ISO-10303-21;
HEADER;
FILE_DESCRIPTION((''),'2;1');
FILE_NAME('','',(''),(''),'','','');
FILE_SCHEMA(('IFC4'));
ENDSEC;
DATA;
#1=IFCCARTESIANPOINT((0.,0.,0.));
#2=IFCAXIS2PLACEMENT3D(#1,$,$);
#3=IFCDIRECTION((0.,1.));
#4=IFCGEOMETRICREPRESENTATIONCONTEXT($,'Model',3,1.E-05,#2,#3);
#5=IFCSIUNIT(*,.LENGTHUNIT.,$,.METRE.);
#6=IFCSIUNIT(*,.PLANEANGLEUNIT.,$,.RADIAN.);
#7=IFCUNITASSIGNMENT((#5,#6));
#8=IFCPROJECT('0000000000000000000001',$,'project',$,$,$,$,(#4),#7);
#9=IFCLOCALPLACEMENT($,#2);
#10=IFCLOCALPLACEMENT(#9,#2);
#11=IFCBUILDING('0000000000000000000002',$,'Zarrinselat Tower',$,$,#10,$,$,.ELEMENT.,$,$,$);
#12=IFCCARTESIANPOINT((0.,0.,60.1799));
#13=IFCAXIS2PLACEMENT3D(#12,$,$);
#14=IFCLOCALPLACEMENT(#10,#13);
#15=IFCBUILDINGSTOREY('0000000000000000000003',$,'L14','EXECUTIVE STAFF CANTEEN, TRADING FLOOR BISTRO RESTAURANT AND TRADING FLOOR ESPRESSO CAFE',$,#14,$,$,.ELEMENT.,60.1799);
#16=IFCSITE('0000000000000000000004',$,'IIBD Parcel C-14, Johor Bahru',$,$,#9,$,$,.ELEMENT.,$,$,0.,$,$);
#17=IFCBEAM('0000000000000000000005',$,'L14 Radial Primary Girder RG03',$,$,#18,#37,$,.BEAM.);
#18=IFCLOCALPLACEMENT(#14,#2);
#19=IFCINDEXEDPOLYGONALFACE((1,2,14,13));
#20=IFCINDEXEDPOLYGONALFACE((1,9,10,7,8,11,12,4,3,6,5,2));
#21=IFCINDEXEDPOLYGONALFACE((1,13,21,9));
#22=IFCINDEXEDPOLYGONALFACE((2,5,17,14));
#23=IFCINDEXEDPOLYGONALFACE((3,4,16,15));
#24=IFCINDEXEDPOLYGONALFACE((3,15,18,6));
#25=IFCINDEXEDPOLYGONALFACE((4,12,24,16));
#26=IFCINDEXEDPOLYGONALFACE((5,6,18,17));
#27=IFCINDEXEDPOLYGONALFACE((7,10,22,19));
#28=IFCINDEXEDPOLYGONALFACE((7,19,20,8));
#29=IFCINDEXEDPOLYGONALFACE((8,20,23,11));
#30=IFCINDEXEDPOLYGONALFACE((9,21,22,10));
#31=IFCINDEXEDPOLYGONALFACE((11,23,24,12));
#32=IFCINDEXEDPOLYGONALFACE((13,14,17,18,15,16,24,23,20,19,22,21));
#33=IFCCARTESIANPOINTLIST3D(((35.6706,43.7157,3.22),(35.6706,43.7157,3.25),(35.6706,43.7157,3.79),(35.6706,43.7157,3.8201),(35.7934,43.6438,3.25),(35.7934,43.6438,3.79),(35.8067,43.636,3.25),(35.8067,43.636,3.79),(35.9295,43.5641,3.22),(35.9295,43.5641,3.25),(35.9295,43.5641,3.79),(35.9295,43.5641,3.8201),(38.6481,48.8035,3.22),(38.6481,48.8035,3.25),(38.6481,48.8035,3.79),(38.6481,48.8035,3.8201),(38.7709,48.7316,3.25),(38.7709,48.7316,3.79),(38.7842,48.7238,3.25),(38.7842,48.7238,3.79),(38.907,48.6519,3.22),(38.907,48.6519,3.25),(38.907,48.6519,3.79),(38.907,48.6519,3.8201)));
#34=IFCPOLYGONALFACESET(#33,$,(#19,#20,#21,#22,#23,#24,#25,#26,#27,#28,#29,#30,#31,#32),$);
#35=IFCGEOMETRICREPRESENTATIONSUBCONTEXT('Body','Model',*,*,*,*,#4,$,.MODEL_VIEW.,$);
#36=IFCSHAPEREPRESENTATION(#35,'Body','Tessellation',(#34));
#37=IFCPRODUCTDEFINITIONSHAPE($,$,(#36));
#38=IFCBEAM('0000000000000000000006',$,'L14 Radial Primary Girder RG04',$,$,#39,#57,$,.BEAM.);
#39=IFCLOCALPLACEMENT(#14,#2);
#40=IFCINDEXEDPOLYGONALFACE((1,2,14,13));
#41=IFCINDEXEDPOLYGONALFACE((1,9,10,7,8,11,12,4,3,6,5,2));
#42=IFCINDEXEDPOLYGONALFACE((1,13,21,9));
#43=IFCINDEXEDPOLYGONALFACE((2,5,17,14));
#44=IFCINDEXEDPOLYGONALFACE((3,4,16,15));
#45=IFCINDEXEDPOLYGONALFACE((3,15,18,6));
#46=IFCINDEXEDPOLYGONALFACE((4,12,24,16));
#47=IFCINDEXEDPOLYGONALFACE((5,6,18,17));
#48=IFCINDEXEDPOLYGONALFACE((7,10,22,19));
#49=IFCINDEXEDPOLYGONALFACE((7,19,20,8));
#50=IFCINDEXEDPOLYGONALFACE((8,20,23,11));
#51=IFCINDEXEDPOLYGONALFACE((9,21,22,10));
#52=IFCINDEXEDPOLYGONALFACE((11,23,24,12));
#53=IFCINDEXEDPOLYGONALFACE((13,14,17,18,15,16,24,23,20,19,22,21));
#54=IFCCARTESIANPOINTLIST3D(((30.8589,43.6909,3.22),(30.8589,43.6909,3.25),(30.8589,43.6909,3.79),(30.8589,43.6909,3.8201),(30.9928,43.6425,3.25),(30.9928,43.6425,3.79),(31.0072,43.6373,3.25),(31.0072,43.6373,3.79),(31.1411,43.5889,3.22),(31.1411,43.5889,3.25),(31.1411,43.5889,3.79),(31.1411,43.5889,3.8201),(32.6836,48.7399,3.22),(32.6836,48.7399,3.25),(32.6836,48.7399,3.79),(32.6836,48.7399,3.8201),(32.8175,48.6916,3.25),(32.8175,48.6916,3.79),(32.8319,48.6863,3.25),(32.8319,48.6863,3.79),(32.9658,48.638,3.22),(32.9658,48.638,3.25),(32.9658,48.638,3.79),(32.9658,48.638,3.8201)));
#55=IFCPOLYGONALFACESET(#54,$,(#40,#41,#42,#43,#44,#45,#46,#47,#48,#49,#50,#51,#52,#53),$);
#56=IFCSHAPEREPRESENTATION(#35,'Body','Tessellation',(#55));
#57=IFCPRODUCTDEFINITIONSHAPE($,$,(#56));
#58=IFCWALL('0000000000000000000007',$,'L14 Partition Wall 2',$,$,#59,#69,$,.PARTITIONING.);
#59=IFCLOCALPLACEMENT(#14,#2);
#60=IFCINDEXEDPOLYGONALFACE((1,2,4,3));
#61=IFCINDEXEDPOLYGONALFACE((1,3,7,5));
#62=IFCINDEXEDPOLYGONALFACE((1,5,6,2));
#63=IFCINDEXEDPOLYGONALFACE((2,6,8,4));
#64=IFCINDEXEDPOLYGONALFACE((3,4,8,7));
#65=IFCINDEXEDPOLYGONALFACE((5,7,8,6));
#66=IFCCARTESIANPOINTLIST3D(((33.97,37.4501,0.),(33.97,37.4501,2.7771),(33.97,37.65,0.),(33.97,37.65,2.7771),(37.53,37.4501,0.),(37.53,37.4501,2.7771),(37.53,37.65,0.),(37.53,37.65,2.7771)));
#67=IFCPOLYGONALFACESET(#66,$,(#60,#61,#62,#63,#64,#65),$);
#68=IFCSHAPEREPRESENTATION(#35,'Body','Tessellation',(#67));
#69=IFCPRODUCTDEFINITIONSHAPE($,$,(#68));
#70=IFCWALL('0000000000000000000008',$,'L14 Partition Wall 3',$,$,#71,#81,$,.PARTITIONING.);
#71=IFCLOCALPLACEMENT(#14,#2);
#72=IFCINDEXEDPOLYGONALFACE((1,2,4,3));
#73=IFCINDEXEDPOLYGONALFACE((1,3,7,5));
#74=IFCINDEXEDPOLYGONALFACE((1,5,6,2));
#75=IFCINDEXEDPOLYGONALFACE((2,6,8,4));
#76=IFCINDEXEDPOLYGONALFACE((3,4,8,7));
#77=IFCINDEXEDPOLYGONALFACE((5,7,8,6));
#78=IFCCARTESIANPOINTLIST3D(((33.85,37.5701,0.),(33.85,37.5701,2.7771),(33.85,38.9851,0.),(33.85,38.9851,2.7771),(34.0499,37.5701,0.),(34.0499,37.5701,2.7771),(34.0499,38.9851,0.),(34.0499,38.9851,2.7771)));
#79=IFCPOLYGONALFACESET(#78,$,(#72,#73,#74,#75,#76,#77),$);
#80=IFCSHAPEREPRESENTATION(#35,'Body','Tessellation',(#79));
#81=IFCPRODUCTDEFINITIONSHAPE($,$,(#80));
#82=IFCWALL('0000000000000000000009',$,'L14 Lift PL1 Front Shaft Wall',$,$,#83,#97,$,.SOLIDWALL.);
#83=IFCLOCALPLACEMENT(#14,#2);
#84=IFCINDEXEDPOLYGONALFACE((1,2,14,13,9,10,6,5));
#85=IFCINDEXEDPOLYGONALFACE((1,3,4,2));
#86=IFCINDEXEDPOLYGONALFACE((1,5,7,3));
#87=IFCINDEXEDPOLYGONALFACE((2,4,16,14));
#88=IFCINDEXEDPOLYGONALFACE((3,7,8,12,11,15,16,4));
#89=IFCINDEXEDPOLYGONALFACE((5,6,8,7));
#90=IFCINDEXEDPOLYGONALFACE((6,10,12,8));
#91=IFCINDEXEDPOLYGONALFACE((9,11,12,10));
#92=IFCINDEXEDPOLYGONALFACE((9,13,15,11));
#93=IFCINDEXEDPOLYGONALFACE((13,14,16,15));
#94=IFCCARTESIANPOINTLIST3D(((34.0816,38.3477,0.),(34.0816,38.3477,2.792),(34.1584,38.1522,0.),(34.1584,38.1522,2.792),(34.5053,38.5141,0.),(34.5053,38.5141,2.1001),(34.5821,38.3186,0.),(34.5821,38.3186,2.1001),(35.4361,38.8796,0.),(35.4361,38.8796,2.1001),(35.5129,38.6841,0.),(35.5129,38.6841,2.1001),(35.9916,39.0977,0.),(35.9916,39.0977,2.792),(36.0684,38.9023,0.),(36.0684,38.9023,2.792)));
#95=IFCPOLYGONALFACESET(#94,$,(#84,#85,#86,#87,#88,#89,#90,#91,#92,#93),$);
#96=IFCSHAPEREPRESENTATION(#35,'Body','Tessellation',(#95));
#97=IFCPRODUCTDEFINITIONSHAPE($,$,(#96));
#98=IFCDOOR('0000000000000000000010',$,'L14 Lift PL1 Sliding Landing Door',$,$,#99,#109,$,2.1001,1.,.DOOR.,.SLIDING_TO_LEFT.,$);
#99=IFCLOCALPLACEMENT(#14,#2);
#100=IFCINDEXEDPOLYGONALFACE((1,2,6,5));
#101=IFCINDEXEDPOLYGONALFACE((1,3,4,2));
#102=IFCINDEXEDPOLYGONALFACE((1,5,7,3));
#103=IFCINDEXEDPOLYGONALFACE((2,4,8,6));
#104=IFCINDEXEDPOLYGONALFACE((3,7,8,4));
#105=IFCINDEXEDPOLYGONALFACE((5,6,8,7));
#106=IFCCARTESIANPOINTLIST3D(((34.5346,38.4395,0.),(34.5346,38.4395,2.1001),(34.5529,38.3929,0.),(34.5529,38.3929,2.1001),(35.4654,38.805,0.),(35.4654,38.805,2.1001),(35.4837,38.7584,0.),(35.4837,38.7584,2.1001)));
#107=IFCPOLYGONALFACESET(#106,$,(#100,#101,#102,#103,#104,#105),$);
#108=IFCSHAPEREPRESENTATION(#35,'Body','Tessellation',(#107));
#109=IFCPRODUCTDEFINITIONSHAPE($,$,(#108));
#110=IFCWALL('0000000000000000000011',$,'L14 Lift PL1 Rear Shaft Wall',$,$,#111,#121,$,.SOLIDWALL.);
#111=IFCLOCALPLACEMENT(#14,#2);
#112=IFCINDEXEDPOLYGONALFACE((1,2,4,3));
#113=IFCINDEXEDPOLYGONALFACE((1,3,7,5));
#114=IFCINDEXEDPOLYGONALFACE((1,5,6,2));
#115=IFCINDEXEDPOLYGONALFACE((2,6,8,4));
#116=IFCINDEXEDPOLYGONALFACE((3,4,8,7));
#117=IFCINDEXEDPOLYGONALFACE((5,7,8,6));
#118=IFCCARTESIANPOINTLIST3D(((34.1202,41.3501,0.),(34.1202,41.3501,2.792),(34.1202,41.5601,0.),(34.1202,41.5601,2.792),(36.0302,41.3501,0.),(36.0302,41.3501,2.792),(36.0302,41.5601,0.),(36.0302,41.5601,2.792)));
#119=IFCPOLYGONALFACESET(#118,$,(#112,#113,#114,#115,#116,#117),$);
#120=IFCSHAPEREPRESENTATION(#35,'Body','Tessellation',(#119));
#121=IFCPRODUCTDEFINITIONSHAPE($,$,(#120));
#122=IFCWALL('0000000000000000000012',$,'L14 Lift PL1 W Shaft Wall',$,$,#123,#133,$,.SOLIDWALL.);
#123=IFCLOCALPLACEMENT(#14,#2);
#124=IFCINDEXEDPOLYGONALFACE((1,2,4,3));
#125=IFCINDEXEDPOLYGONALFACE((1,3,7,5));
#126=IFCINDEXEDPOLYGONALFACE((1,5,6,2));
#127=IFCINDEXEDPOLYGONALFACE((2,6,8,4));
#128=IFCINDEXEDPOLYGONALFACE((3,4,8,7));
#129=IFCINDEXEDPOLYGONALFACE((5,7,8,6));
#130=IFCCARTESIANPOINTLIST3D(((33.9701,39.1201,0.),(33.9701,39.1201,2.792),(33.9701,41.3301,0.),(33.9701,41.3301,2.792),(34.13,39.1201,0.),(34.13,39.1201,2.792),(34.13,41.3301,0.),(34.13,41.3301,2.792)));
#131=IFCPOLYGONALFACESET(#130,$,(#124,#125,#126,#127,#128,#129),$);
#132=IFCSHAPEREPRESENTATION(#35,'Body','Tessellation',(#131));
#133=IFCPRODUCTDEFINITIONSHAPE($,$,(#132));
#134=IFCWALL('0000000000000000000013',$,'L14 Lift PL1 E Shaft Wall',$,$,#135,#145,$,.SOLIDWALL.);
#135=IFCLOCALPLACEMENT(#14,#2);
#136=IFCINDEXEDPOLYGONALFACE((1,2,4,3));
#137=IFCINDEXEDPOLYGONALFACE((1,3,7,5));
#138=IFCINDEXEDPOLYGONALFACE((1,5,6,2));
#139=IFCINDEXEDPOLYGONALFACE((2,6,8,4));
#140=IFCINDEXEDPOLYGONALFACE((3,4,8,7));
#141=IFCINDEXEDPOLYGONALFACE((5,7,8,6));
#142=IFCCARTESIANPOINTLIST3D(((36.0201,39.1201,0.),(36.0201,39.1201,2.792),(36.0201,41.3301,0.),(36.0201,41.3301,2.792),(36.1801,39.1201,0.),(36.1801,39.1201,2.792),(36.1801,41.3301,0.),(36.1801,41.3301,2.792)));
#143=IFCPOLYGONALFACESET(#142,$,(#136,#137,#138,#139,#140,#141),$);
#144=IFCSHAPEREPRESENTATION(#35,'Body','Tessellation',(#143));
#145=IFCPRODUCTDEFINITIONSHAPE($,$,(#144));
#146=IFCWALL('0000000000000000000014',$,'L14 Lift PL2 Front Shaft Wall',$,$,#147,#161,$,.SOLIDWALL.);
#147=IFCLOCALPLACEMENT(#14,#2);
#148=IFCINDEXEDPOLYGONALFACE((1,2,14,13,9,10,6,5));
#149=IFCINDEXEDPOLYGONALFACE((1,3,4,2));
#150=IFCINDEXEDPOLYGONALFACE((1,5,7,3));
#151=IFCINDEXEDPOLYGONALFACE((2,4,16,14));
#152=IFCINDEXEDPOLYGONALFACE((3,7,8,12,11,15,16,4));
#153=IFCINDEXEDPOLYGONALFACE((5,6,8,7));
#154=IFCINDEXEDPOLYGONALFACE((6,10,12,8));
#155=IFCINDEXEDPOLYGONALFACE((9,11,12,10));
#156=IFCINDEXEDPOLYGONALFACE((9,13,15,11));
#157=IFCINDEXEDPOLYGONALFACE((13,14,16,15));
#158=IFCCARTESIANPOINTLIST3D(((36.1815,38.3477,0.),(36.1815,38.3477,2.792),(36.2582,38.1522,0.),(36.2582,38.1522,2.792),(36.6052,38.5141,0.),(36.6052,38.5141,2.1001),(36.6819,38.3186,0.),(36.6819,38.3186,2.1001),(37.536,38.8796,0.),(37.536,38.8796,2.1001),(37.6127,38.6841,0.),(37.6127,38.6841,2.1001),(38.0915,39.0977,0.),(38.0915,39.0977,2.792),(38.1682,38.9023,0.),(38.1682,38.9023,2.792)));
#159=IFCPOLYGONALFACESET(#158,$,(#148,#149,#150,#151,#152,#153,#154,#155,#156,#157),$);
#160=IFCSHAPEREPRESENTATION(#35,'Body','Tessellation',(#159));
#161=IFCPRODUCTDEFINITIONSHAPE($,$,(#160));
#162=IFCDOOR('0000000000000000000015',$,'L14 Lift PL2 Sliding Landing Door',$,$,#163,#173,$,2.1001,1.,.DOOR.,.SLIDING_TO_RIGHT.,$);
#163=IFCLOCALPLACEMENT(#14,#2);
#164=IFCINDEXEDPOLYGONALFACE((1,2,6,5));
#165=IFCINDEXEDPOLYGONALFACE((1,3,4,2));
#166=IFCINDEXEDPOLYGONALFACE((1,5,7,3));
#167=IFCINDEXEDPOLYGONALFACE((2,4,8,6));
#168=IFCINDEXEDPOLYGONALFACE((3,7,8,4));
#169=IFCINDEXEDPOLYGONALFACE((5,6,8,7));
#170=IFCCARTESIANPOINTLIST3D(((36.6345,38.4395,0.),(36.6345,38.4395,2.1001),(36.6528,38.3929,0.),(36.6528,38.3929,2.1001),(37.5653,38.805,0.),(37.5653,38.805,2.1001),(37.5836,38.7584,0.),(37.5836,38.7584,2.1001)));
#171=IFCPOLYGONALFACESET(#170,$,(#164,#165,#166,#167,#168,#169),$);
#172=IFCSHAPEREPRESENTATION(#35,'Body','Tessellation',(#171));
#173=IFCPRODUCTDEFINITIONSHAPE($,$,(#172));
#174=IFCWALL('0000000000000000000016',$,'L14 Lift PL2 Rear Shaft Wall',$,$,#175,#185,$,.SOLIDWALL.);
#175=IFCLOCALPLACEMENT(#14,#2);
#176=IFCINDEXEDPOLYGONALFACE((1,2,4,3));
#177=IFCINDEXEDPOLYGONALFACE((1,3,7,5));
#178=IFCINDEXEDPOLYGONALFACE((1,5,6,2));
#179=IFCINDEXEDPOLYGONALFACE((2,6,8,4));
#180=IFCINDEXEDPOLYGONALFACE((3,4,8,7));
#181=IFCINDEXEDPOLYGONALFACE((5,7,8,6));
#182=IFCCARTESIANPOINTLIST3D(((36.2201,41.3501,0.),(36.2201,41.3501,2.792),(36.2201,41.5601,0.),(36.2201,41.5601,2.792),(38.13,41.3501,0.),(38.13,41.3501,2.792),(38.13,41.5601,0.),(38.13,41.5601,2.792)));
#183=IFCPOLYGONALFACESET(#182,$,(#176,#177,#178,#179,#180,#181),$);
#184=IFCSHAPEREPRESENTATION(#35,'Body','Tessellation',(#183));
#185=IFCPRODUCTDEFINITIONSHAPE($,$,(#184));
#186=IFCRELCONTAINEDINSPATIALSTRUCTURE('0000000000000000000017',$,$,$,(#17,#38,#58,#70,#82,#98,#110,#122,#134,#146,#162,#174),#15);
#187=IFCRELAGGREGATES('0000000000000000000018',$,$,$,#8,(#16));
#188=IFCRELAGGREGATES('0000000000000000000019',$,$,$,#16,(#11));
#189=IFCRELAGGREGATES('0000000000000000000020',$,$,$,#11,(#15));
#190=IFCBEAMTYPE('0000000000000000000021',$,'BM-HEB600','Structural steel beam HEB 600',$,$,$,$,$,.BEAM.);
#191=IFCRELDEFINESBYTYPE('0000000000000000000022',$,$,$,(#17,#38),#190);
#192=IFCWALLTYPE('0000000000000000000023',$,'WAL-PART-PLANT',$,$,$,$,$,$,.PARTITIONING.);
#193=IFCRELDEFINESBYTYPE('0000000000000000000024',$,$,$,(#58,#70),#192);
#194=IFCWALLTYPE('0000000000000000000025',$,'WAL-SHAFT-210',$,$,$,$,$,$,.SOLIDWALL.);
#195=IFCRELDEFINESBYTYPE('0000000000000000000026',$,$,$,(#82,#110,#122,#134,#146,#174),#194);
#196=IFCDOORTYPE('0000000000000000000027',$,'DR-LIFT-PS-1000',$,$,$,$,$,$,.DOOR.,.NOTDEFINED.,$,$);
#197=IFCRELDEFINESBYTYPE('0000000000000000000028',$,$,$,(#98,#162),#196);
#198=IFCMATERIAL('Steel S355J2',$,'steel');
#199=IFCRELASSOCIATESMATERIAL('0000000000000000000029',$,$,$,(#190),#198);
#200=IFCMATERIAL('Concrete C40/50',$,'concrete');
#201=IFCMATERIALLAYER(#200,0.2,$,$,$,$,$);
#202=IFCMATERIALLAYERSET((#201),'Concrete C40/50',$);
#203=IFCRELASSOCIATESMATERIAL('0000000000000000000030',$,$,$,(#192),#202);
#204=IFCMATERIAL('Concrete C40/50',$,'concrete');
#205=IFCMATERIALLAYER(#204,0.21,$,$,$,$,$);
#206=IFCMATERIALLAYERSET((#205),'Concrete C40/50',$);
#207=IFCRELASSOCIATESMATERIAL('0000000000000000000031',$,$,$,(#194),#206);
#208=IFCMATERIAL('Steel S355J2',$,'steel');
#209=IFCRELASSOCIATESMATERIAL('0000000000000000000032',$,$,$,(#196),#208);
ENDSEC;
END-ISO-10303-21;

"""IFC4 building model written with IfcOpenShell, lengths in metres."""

from ifc_helpers import new_model, si_unit, direction, frame, frame_2d, origin, origin_2d, place, context, subcontext, project, spatial, rectangle, i_section, extrude, material, layer, layer_set, material_profile, profile_set, type_object, element, fill, save


model = new_model("IFC4")

# Units and contexts
model_context = context("Model", 3, precision=1e-05, world=origin(), true_north=direction((0.0, 1.0)))
body_context = subcontext(model_context, "Body", "Model", "MODEL_VIEW")
ifc_project = project(units=[si_unit("LENGTHUNIT", "METRE"), si_unit("PLANEANGLEUNIT", "RADIAN")], contexts=[model_context])

# Site, building, storey
site_placement = place(None, origin())
site = spatial("IfcSite", under=ifc_project, at=site_placement, Name="IIBD Parcel C-14, Johor Bahru", CompositionType="ELEMENT", RefElevation=0.0)
building_placement = place(site_placement, origin())
building = spatial("IfcBuilding", under=site, at=building_placement, Name="Zarrinselat Tower", CompositionType="ELEMENT")
storey_placement = place(building_placement, frame((0.0, 0.0, 60.1799)))
storey = spatial("IfcBuildingStorey", under=building, at=storey_placement, Name="L14", Description="EXECUTIVE STAFF CANTEEN, TRADING FLOOR BISTRO RESTAURANT AND TRADING FLOOR ESPRESSO CAFE", CompositionType="ELEMENT", Elevation=60.1799)

# Beams
ifc_material_1 = material(Name="Steel S355J2", Category="steel")
ifc_material_profile = material_profile(ifc_material_1, i_section(OverallWidth=0.3, OverallDepth=0.6001, WebThickness=0.0154, FlangeThickness=0.03, at=origin_2d()), Name="HEB 600")
ifc_profile_set = profile_set([ifc_material_profile], Name="Steel S355J2")
beam_type = type_object("IfcBeamType", Name="BM-HEB600", Description="Structural steel beam HEB 600", PredefinedType="BEAM", material=ifc_profile_set)
beam_1_placement = place(storey_placement, frame((35.8, 43.6399, 3.52), z_axis=(0.505086, 0.863069, 0.0), x_axis=(-0.863069, 0.505086, 0.0)))
element("IfcBeam", 1, at=beam_1_placement, inside=storey, type_object=beam_type, Name="L14 Radial Primary Girder RG03", PredefinedType="BEAM", context=body_context, shape_type="SweptSolid", body=[
    extrude(i_section(OverallWidth=0.3, OverallDepth=0.6001, WebThickness=0.0154, FlangeThickness=0.03, at=origin_2d()), origin(), (0.0, 0.0, 1.0), 5.895),
])
beam_2_placement = place(storey_placement, frame((31.0, 43.6399, 3.52), z_axis=(0.33988, 0.940469, 0.0), x_axis=(-0.940469, 0.33988, 0.0)))
element("IfcBeam", 2, at=beam_2_placement, inside=storey, type_object=beam_type, Name="L14 Radial Primary Girder RG04", PredefinedType="BEAM", context=body_context, shape_type="SweptSolid", body=[
    extrude(i_section(OverallWidth=0.3, OverallDepth=0.6001, WebThickness=0.0154, FlangeThickness=0.03, at=origin_2d()), origin(), (0.0, 0.0, 1.0), 5.3687),
])

# Walls
ifc_material_2 = material(Name="Concrete C40/50", Category="concrete")
ifc_layer_1 = layer(ifc_material_2, 0.2)
ifc_layer_set_1 = layer_set([ifc_layer_1], Name="Concrete C40/50")
wall_type_1 = type_object("IfcWallType", Name="WAL-PART-PLANT", PredefinedType="PARTITIONING", material=ifc_layer_set_1)
wall_1_placement = place(storey_placement, frame((33.97, 37.55, 0.0), z_axis=(0.0, 0.0, 1.0), x_axis=(1.0, 0.0, 0.0)))
element("IfcWall", 3, at=wall_1_placement, inside=storey, type_object=wall_type_1, Name="L14 Partition Wall 2", PredefinedType="PARTITIONING", context=body_context, shape_type="SweptSolid", body=[
    extrude(rectangle(XDim=3.5601, YDim=0.2, at=frame_2d((1.78, 0.0))), origin(), (0.0, 0.0, 1.0), 2.7771),
])
wall_2_placement = place(storey_placement, frame((33.95, 37.5701, 0.0), z_axis=(0.0, 0.0, 1.0), x_axis=(0.0, 1.0, 0.0)))
element("IfcWall", 4, at=wall_2_placement, inside=storey, type_object=wall_type_1, Name="L14 Partition Wall 3", PredefinedType="PARTITIONING", context=body_context, shape_type="SweptSolid", body=[
    extrude(rectangle(XDim=1.415, YDim=0.2, at=frame_2d((0.7075, 0.0))), origin(), (0.0, 0.0, 1.0), 2.7771),
])

# Wall, opening, door
ifc_material_3 = material(Name="Concrete C40/50", Category="concrete")
ifc_layer_2 = layer(ifc_material_3, 0.21)
ifc_layer_set_2 = layer_set([ifc_layer_2], Name="Concrete C40/50")
wall_type_2 = type_object("IfcWallType", Name="WAL-SHAFT-210", PredefinedType="SOLIDWALL", material=ifc_layer_set_2)
wall_3_placement = place(storey_placement, frame((34.1201, 38.25, 0.0), z_axis=(0.0, 0.0, 1.0), x_axis=(0.930805, 0.365516, 0.0)))
wall_3 = element("IfcWall", 5, at=wall_3_placement, inside=storey, type_object=wall_type_2, Name="L14 Lift PL1 Front Shaft Wall", PredefinedType="SOLIDWALL", context=body_context, shape_type="SweptSolid", body=[
    extrude(rectangle(XDim=2.052, YDim=0.21, at=frame_2d((1.0259, 0.0))), origin(), (0.0, 0.0, 1.0), 2.792),
])
opening_1_placement = place(wall_3_placement, frame((0.4551, 0.0, 0.0)))
opening_1 = element("IfcOpeningElement", 6, at=opening_1_placement, cuts=wall_3, PredefinedType="OPENING", context=body_context, shape_type="SweptSolid", body=[
    extrude(rectangle(XDim=1.0, YDim=2.1001, at=frame_2d((0.5, 1.05))), frame((0.0, 0.115, 0.0), z_axis=(0.0, -1.0, 0.0), x_axis=(1.0, 0.0, 0.0)), (0.0, 0.0, 1.0), 0.23),
])
ifc_material_4 = material(Name="Steel S355J2", Category="steel")
door_type = type_object("IfcDoorType", Name="DR-LIFT-PS-1000", OperationType="NOTDEFINED", PredefinedType="DOOR", material=ifc_material_4)
door_1_placement = place(opening_1_placement, origin())
door_1 = element("IfcDoor", 7, at=door_1_placement, inside=storey, type_object=door_type, Name="L14 Lift PL1 Sliding Landing Door", OperationType="SLIDING_TO_LEFT", OverallHeight=2.1001, OverallWidth=1.0, PredefinedType="DOOR", context=body_context, shape_type="SweptSolid", body=[
    extrude(rectangle(XDim=1.0, YDim=2.1001, at=frame_2d((0.5, 1.05))), frame((0.0, 0.0249, 0.0), z_axis=(0.0, -1.0, 0.0), x_axis=(1.0, 0.0, 0.0)), (0.0, 0.0, 1.0), 0.05),
])
fill(opening_1, door_1)

# Walls
wall_4_placement = place(storey_placement, frame((34.1201, 41.4551, 0.0), z_axis=(0.0, 0.0, 1.0), x_axis=(1.0, 0.0, 0.0)))
element("IfcWall", 8, at=wall_4_placement, inside=storey, type_object=wall_type_2, Name="L14 Lift PL1 Rear Shaft Wall", PredefinedType="SOLIDWALL", context=body_context, shape_type="SweptSolid", body=[
    extrude(rectangle(XDim=1.9099, YDim=0.21, at=frame_2d((0.9551, 0.0))), origin(), (0.0, 0.0, 1.0), 2.792),
])
for number, where, z_axis, x_axis, name in (
    (9, (34.05, 39.1201, 0.0), (0.0, 0.0, 1.0), (0.0, 1.0, 0.0), "L14 Lift PL1 W Shaft Wall"),
    (10, (36.1001, 39.1201, 0.0), (0.0, 0.0, 1.0), (0.0, 1.0, 0.0), "L14 Lift PL1 E Shaft Wall"),
):
    element("IfcWall", number, at=place(storey_placement, frame(where, z_axis=z_axis, x_axis=x_axis)), inside=storey, type_object=wall_type_2, Name=name, PredefinedType="SOLIDWALL", context=body_context, shape_type="SweptSolid", body=[
        extrude(rectangle(XDim=2.21, YDim=0.1599, at=frame_2d((1.105, 0.0))), origin(), (0.0, 0.0, 1.0), 2.792),
    ])

# Wall, opening, door
wall_5_placement = place(storey_placement, frame((36.22, 38.25, 0.0), z_axis=(0.0, 0.0, 1.0), x_axis=(0.930805, 0.365516, 0.0)))
wall_5 = element("IfcWall", 11, at=wall_5_placement, inside=storey, type_object=wall_type_2, Name="L14 Lift PL2 Front Shaft Wall", PredefinedType="SOLIDWALL", context=body_context, shape_type="SweptSolid", body=[
    extrude(rectangle(XDim=2.052, YDim=0.21, at=frame_2d((1.0259, 0.0))), origin(), (0.0, 0.0, 1.0), 2.792),
])
opening_2_placement = place(wall_5_placement, frame((0.4551, 0.0, 0.0)))
opening_2 = element("IfcOpeningElement", 12, at=opening_2_placement, cuts=wall_5, PredefinedType="OPENING", context=body_context, shape_type="SweptSolid", body=[
    extrude(rectangle(XDim=1.0, YDim=2.1001, at=frame_2d((0.5, 1.05))), frame((0.0, 0.115, 0.0), z_axis=(0.0, -1.0, 0.0), x_axis=(1.0, 0.0, 0.0)), (0.0, 0.0, 1.0), 0.23),
])
door_2_placement = place(opening_2_placement, origin())
door_2 = element("IfcDoor", 13, at=door_2_placement, inside=storey, type_object=door_type, Name="L14 Lift PL2 Sliding Landing Door", OperationType="SLIDING_TO_RIGHT", OverallHeight=2.1001, OverallWidth=1.0, PredefinedType="DOOR", context=body_context, shape_type="SweptSolid", body=[
    extrude(rectangle(XDim=1.0, YDim=2.1001, at=frame_2d((0.5, 1.05))), frame((0.0, 0.0249, 0.0), z_axis=(0.0, -1.0, 0.0), x_axis=(1.0, 0.0, 0.0)), (0.0, 0.0, 1.0), 0.05),
])
fill(opening_2, door_2)

# Wall
wall_6_placement = place(storey_placement, frame((36.22, 41.4551, 0.0), z_axis=(0.0, 0.0, 1.0), x_axis=(1.0, 0.0, 0.0)))
element("IfcWall", 14, at=wall_6_placement, inside=storey, type_object=wall_type_2, Name="L14 Lift PL2 Rear Shaft Wall", PredefinedType="SOLIDWALL", context=body_context, shape_type="SweptSolid", body=[
    extrude(rectangle(XDim=1.9099, YDim=0.21, at=frame_2d((0.9551, 0.0))), origin(), (0.0, 0.0, 1.0), 2.792),
])

save(model, "model.ifc")
